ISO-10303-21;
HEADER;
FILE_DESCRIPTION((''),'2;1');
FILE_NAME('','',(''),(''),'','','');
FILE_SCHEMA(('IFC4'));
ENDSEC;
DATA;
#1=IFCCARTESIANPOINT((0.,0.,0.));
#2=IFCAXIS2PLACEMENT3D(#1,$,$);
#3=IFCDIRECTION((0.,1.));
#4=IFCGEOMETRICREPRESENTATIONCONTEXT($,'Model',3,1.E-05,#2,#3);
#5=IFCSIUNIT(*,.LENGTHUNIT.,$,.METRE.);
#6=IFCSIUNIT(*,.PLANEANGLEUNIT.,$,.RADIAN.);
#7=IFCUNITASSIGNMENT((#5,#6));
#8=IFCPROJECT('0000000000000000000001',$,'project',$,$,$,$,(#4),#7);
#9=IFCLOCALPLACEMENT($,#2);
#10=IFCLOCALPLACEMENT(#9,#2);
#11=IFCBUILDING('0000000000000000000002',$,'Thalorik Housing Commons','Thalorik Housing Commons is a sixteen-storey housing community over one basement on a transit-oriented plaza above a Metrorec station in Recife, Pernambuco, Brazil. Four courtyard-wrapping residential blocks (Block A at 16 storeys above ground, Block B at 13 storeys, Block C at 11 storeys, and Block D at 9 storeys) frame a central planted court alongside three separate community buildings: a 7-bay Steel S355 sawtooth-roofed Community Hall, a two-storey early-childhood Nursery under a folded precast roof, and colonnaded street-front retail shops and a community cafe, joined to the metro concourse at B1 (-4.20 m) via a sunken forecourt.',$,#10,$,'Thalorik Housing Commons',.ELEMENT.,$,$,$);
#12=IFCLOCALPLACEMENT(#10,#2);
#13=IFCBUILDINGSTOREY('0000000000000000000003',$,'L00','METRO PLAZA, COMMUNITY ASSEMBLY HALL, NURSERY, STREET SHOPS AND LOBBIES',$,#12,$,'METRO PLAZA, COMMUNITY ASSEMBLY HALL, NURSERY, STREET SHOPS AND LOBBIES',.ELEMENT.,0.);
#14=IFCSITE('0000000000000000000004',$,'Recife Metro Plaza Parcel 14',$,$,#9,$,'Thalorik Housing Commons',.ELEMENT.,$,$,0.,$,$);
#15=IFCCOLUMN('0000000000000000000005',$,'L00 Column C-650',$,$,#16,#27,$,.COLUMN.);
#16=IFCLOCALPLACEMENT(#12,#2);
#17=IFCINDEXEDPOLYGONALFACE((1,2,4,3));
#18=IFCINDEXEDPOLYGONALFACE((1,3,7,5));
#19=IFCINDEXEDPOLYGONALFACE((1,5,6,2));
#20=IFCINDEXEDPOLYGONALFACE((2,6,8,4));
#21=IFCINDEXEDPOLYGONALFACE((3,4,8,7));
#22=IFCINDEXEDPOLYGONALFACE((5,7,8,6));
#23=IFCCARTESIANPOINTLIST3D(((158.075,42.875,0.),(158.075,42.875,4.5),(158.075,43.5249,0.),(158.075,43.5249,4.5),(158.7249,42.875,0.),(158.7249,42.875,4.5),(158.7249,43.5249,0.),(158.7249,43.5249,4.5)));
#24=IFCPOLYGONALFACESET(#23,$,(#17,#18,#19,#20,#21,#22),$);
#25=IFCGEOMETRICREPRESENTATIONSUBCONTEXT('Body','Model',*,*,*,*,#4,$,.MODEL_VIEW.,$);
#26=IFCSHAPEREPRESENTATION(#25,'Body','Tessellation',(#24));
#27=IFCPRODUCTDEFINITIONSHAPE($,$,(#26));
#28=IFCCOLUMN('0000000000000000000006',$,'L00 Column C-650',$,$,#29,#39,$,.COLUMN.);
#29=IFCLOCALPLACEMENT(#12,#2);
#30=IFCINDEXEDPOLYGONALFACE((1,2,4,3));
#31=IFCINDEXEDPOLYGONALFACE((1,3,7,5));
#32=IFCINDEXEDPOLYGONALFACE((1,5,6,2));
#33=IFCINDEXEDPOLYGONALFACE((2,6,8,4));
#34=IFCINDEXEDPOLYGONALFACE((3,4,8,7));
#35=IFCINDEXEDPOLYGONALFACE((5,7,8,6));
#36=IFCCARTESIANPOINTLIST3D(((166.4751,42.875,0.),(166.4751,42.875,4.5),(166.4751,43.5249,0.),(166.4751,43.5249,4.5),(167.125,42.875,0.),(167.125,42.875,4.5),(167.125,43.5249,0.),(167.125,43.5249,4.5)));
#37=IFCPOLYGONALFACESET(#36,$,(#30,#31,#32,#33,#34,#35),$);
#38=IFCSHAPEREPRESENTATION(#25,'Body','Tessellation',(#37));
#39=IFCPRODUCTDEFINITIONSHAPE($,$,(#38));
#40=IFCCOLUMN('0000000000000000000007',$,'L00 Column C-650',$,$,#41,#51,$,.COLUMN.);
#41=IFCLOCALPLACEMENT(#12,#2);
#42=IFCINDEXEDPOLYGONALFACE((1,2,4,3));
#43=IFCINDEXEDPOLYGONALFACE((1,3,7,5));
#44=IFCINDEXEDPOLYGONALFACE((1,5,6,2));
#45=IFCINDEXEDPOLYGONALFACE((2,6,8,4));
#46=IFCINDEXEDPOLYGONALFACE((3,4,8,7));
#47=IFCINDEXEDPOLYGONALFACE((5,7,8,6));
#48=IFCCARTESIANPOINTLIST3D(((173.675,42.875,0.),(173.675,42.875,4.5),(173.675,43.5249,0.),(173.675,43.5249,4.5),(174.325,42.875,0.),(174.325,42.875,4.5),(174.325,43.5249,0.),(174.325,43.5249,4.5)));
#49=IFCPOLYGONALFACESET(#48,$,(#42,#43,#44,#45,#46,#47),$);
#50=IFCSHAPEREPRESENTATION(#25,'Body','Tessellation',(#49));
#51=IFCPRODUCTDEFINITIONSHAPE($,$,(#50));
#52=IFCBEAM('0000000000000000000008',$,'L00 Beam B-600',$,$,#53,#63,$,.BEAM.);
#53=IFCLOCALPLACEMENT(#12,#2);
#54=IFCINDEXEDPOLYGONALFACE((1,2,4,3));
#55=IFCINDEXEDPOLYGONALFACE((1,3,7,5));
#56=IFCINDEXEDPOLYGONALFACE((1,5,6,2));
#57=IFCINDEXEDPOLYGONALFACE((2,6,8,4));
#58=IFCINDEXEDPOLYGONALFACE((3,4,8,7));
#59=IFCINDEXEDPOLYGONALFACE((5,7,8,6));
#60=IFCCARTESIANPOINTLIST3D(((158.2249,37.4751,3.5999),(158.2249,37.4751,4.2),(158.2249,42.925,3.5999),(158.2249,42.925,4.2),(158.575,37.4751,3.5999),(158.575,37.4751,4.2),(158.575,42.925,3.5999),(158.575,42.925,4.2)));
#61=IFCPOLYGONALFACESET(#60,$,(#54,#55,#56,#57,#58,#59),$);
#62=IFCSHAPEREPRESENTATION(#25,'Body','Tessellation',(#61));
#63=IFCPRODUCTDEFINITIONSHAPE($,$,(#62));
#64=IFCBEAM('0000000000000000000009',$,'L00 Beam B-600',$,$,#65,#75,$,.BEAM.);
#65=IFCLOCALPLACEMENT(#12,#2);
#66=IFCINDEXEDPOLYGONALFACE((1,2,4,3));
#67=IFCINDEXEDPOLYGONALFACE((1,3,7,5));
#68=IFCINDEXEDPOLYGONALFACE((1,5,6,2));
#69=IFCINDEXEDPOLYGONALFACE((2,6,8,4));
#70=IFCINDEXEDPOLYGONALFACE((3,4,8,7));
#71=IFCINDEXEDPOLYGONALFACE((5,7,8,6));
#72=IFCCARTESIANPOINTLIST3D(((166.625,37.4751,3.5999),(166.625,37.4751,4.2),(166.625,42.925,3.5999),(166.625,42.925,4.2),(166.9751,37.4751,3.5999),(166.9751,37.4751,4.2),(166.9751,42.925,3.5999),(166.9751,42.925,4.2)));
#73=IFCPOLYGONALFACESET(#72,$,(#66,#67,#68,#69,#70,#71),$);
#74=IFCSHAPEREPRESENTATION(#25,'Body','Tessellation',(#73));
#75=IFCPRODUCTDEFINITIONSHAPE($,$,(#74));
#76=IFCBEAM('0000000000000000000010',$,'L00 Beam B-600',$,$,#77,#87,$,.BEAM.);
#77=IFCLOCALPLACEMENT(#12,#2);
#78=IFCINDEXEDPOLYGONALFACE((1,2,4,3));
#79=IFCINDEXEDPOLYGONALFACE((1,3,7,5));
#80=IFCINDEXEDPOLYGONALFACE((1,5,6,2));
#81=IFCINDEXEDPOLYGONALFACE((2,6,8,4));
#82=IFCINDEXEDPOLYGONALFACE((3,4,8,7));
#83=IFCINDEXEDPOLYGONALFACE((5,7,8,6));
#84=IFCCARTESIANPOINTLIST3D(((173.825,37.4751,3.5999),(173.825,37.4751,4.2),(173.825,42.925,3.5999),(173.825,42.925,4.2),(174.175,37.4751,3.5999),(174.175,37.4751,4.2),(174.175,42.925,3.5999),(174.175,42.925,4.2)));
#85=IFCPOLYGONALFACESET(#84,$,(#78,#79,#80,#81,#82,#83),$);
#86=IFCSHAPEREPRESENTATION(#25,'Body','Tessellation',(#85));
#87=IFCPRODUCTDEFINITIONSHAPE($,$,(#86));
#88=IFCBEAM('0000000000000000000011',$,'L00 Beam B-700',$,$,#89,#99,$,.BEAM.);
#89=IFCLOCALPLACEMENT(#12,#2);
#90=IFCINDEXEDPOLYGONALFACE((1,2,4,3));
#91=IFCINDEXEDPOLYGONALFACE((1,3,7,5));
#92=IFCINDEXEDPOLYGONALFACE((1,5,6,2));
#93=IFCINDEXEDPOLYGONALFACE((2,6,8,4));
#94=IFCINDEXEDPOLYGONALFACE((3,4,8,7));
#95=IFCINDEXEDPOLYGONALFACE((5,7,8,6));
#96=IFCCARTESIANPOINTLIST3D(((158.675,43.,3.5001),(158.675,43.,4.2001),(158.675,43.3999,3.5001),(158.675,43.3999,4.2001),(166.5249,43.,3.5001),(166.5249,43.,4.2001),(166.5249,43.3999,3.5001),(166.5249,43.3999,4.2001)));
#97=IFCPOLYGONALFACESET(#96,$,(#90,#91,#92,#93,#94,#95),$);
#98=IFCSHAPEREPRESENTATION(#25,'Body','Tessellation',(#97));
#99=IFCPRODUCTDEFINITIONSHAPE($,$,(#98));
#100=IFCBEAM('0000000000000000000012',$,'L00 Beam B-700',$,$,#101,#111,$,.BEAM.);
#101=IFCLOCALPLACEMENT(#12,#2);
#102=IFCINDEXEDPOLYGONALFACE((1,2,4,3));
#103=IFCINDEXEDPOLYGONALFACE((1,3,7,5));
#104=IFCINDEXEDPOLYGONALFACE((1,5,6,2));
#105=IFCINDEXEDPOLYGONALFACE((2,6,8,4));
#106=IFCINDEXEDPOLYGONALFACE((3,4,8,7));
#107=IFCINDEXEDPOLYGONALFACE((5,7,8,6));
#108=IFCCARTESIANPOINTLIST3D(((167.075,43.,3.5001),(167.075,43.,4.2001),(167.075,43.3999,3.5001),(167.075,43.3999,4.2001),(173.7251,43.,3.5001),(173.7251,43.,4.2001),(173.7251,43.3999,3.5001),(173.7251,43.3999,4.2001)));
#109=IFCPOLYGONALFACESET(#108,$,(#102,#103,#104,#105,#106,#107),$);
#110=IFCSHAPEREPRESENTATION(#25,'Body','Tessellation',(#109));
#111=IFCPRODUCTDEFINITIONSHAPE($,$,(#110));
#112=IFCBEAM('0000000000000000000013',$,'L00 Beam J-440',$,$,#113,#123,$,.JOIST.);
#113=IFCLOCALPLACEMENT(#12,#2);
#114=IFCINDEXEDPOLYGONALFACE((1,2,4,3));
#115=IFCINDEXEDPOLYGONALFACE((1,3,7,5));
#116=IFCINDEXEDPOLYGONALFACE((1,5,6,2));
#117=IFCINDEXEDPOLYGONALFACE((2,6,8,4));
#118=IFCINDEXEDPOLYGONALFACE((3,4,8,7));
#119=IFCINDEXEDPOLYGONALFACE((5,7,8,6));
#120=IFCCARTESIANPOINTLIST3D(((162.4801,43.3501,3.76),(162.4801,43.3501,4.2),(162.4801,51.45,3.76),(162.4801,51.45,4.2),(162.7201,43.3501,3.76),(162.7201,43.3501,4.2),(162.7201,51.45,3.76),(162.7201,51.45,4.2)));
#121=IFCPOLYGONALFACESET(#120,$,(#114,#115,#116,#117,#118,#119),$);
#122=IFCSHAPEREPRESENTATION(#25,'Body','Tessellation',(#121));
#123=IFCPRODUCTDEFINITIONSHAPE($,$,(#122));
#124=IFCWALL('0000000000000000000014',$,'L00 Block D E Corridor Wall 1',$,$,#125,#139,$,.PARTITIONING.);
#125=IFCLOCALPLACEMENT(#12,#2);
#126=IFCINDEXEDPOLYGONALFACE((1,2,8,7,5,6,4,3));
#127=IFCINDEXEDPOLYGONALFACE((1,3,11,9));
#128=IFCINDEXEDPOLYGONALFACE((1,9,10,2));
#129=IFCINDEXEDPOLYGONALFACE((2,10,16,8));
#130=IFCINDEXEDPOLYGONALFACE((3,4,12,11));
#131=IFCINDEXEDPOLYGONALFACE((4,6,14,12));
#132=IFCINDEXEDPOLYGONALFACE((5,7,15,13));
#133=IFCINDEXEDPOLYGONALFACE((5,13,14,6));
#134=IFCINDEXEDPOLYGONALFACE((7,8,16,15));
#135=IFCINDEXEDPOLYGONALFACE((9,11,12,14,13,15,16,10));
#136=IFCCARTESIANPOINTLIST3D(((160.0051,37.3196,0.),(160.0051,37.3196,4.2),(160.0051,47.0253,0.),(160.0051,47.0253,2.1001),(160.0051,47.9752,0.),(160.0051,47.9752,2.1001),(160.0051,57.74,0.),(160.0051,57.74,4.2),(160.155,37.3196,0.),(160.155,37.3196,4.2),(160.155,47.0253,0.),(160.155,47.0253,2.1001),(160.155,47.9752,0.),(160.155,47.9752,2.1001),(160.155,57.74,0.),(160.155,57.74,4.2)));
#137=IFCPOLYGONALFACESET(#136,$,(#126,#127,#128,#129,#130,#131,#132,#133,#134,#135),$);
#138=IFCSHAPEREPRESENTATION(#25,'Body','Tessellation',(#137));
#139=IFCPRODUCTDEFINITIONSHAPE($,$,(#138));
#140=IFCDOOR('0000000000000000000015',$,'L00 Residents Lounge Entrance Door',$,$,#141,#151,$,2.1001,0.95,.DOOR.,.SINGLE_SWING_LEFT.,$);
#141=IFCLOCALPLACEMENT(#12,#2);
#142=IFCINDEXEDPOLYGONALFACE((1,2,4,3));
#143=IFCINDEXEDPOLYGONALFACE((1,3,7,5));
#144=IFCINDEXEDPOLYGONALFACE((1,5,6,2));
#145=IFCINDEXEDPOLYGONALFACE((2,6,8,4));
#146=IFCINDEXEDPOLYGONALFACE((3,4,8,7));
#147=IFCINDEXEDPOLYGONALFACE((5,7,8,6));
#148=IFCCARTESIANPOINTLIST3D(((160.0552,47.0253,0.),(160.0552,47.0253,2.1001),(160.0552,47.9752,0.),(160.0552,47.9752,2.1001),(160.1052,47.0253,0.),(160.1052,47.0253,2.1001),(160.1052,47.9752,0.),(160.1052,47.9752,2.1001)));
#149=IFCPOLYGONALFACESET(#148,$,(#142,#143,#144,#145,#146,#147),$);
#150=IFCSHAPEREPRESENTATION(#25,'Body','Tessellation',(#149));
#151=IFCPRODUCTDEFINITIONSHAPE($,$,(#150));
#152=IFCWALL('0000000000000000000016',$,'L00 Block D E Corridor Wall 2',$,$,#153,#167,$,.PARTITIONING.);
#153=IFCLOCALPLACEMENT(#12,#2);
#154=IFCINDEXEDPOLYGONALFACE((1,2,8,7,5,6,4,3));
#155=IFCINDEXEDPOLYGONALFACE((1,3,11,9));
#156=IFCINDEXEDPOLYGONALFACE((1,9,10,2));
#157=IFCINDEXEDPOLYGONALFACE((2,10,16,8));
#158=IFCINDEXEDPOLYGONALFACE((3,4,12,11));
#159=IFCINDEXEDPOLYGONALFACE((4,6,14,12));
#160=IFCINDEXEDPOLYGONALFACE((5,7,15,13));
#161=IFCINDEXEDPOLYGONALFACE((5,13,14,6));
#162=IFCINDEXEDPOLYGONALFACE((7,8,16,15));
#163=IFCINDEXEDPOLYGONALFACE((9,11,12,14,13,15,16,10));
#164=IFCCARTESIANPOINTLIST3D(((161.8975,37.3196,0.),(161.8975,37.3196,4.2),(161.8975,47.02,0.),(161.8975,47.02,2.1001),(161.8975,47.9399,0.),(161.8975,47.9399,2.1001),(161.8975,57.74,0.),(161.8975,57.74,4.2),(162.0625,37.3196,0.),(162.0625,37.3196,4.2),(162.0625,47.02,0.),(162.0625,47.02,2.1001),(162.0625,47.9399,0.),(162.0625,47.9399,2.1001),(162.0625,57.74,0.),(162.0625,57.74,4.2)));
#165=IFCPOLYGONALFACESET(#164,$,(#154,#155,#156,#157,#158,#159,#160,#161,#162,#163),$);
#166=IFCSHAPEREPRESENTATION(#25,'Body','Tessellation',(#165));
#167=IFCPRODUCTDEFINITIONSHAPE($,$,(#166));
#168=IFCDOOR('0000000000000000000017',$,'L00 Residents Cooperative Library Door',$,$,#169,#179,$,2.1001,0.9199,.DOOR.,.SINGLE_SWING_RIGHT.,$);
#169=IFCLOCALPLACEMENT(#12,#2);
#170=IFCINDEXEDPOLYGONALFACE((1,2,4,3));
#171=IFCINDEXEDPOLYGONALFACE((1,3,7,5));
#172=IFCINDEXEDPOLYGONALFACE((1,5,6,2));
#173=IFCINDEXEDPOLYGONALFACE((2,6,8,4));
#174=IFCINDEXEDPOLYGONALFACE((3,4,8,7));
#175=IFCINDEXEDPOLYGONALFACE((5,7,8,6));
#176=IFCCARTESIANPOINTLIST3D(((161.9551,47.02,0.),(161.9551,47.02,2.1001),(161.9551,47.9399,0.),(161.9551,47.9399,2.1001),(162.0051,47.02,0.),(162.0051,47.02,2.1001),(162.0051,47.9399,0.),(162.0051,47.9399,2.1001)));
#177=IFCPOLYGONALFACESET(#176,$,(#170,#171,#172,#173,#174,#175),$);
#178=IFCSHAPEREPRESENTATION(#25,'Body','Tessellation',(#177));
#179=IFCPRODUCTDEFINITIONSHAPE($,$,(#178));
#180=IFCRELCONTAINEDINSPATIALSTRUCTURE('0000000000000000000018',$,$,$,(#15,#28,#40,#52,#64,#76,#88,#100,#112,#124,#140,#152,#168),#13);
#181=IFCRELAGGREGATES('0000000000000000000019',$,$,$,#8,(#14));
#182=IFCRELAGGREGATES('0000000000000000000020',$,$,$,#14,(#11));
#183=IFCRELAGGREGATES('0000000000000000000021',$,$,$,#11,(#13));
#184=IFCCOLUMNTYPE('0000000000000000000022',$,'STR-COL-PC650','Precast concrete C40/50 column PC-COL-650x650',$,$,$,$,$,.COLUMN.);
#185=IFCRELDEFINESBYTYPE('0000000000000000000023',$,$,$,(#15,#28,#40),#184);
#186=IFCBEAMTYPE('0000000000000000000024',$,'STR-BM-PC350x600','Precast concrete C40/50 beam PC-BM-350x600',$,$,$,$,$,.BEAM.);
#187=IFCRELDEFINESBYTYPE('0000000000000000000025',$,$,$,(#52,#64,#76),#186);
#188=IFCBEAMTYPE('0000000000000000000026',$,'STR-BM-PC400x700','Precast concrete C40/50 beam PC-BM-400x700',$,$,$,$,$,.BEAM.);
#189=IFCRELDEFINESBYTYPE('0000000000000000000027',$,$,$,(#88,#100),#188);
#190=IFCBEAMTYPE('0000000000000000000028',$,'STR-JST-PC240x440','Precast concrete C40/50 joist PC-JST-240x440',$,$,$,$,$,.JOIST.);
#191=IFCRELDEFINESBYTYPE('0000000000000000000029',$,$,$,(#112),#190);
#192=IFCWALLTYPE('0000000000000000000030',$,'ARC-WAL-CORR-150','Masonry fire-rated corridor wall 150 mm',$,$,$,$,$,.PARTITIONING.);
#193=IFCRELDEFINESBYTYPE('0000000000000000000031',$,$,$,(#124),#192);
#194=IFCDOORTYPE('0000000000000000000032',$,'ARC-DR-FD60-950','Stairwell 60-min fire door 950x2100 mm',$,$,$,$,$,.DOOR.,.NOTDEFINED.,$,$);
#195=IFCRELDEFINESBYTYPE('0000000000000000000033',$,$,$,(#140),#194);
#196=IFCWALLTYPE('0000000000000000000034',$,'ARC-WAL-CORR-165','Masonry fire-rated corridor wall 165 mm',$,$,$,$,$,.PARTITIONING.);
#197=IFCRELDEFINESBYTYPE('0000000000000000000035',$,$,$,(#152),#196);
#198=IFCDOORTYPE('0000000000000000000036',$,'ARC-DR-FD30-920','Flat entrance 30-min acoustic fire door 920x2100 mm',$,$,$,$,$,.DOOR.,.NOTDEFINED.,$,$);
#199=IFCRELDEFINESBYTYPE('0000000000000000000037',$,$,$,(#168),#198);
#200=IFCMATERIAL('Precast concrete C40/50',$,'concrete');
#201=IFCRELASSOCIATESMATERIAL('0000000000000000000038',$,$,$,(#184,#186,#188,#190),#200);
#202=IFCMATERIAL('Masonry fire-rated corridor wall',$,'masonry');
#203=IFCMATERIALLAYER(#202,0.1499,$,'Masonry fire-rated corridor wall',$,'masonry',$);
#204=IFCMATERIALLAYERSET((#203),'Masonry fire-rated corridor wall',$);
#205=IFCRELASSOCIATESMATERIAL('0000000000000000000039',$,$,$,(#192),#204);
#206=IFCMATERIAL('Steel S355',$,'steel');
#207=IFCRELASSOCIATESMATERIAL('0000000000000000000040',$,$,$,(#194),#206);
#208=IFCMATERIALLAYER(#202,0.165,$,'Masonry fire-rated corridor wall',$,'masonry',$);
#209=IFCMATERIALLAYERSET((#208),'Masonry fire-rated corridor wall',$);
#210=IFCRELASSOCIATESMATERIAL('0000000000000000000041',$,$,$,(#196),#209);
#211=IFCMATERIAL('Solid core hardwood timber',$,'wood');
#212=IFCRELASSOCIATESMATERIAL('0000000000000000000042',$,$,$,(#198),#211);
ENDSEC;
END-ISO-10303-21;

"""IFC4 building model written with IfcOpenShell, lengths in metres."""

from ifc_helpers import new_model, si_unit, direction, frame, frame_2d, origin, origin_2d, place, context, subcontext, project, spatial, rectangle, extrude, material, layer, layer_set, material_profile, profile_set, type_object, element, fill, save


model = new_model("IFC4")

# Units and contexts
model_context = context("Model", 3, precision=1e-05, world=origin(), true_north=direction((0.0, 1.0)))
body_context = subcontext(model_context, "Body", "Model", "MODEL_VIEW")
ifc_project = project(units=[si_unit("LENGTHUNIT", "METRE"), si_unit("PLANEANGLEUNIT", "RADIAN")], contexts=[model_context])

# Site, building, storey
site_placement = place(None, origin())
site = spatial("IfcSite", under=ifc_project, at=site_placement, Name="Recife Metro Plaza Parcel 14", LongName="Thalorik Housing Commons", CompositionType="ELEMENT", RefElevation=0.0)
building_placement = place(site_placement, origin())
building = spatial("IfcBuilding", under=site, at=building_placement, Name="Thalorik Housing Commons", Description="Thalorik Housing Commons is a sixteen-storey housing community over one basement on a transit-oriented plaza above a Metrorec station in Recife, Pernambuco, Brazil. Four courtyard-wrapping residential blocks (Block A at 16 storeys above ground, Block B at 13 storeys, Block C at 11 storeys, and Block D at 9 storeys) frame a central planted court alongside three separate community buildings: a 7-bay Steel S355 sawtooth-roofed Community Hall, a two-storey early-childhood Nursery under a folded precast roof, and colonnaded street-front retail shops and a community cafe, joined to the metro concourse at B1 (-4.20 m) via a sunken forecourt.", LongName="Thalorik Housing Commons", CompositionType="ELEMENT")
storey_placement = place(building_placement, origin())
storey = spatial("IfcBuildingStorey", under=building, at=storey_placement, Name="L00", Description="METRO PLAZA, COMMUNITY ASSEMBLY HALL, NURSERY, STREET SHOPS AND LOBBIES", LongName="METRO PLAZA, COMMUNITY ASSEMBLY HALL, NURSERY, STREET SHOPS AND LOBBIES", CompositionType="ELEMENT", Elevation=0.0)

# Columns
ifc_material_1 = material(Name="Precast concrete C40/50", Category="concrete")
ifc_material_profile_1 = material_profile(ifc_material_1, rectangle(XDim=0.6499, YDim=0.6499, at=origin_2d()), Name="PC 650x650", Category="concrete")
ifc_profile_set_1 = profile_set([ifc_material_profile_1], Name="Precast concrete C40/50")
column_type = type_object("IfcColumnType", Name="STR-COL-PC650", Description="Precast concrete C40/50 column PC-COL-650x650", PredefinedType="COLUMN", material=ifc_profile_set_1)
for number, where, z_axis, x_axis, name in (
    (1, (158.3999, 43.2, 0.0), (0.0, 0.0, 1.0), (1.0, 0.0, 0.0), "L00 Column C-650"),
    (2, (166.8, 43.2, 0.0), (0.0, 0.0, 1.0), (1.0, 0.0, 0.0), "L00 Column C-650"),
    (3, (174.0, 43.2, 0.0), (0.0, 0.0, 1.0), (1.0, 0.0, 0.0), "L00 Column C-650"),
):
    element("IfcColumn", number, at=place(storey_placement, frame(where, z_axis=z_axis, x_axis=x_axis)), inside=storey, type_object=column_type, Name=name, PredefinedType="COLUMN", context=body_context, shape_type="SweptSolid", body=[
        extrude(rectangle(XDim=0.6499, YDim=0.6499, at=origin_2d()), origin(), (0.0, 0.0, 1.0), 4.5),
    ])

# Beams
ifc_material_profile_2 = material_profile(ifc_material_1, rectangle(XDim=0.3501, YDim=0.6001, at=origin_2d()), Name="PC 350x600", Category="concrete")
ifc_profile_set_2 = profile_set([ifc_material_profile_2], Name="Precast concrete C40/50")
beam_type_1 = type_object("IfcBeamType", Name="STR-BM-PC350x600", Description="Precast concrete C40/50 beam PC-BM-350x600", PredefinedType="BEAM", material=ifc_profile_set_2)
for number, where, z_axis, x_axis, name in (
    (4, (158.3999, 37.4751, 3.8999), (0.0, 1.0, 0.0), (-1.0, 0.0, 0.0), "L00 Beam B-600"),
    (5, (166.8, 37.4751, 3.8999), (0.0, 1.0, 0.0), (-1.0, 0.0, 0.0), "L00 Beam B-600"),
    (6, (174.0, 37.4751, 3.8999), (0.0, 1.0, 0.0), (-1.0, 0.0, 0.0), "L00 Beam B-600"),
):
    element("IfcBeam", number, at=place(storey_placement, frame(where, z_axis=z_axis, x_axis=x_axis)), inside=storey, type_object=beam_type_1, Name=name, PredefinedType="BEAM", context=body_context, shape_type="SweptSolid", body=[
        extrude(rectangle(XDim=0.3501, YDim=0.6001, at=origin_2d()), origin(), (0.0, 0.0, 1.0), 5.45),
    ])
ifc_material_profile_3 = material_profile(ifc_material_1, rectangle(XDim=0.3999, YDim=0.7, at=origin_2d()), Name="PC 400x700", Category="concrete")
ifc_profile_set_3 = profile_set([ifc_material_profile_3], Name="Precast concrete C40/50")
beam_type_2 = type_object("IfcBeamType", Name="STR-BM-PC400x700", Description="Precast concrete C40/50 beam PC-BM-400x700", PredefinedType="BEAM", material=ifc_profile_set_3)
beam_1_placement = place(storey_placement, frame((158.675, 43.2, 3.8501), z_axis=(1.0, 0.0, 0.0), x_axis=(0.0, 1.0, 0.0)))
element("IfcBeam", 7, at=beam_1_placement, inside=storey, type_object=beam_type_2, Name="L00 Beam B-700", PredefinedType="BEAM", context=body_context, shape_type="SweptSolid", body=[
    extrude(rectangle(XDim=0.3999, YDim=0.7, at=origin_2d()), origin(), (0.0, 0.0, 1.0), 7.8499),
])
beam_2_placement = place(storey_placement, frame((167.075, 43.2, 3.8501), z_axis=(1.0, 0.0, 0.0), x_axis=(0.0, 1.0, 0.0)))
element("IfcBeam", 8, at=beam_2_placement, inside=storey, type_object=beam_type_2, Name="L00 Beam B-700", PredefinedType="BEAM", context=body_context, shape_type="SweptSolid", body=[
    extrude(rectangle(XDim=0.3999, YDim=0.7, at=origin_2d()), origin(), (0.0, 0.0, 1.0), 6.6501),
])
ifc_material_profile_4 = material_profile(ifc_material_1, rectangle(XDim=0.24, YDim=0.4399, at=origin_2d()), Name="PC JST 240x440", Category="concrete")
ifc_profile_set_4 = profile_set([ifc_material_profile_4], Name="Precast concrete C40/50")
beam_type_3 = type_object("IfcBeamType", Name="STR-JST-PC240x440", Description="Precast concrete C40/50 joist PC-JST-240x440", PredefinedType="JOIST", material=ifc_profile_set_4)
beam_3_placement = place(storey_placement, frame((162.6001, 43.3501, 3.98), z_axis=(0.0, 1.0, 0.0), x_axis=(-1.0, 0.0, 0.0)))
element("IfcBeam", 9, at=beam_3_placement, inside=storey, type_object=beam_type_3, Name="L00 Beam J-440", PredefinedType="JOIST", context=body_context, shape_type="SweptSolid", body=[
    extrude(rectangle(XDim=0.24, YDim=0.4399, at=origin_2d()), origin(), (0.0, 0.0, 1.0), 8.0999),
])

# Walls, openings, doors
ifc_material_2 = material(Name="Masonry fire-rated corridor wall", Category="masonry")
ifc_layer_1 = layer(ifc_material_2, 0.1499, Name="Masonry fire-rated corridor wall", Category="masonry")
ifc_layer_set_1 = layer_set([ifc_layer_1], Name="Masonry fire-rated corridor wall")
wall_type_1 = type_object("IfcWallType", Name="ARC-WAL-CORR-150", Description="Masonry fire-rated corridor wall 150 mm", PredefinedType="PARTITIONING", material=ifc_layer_set_1)
wall_1_placement = place(storey_placement, frame((160.0801, 37.3196, 0.0), z_axis=(0.0, 0.0, 1.0), x_axis=(0.0, 1.0, 0.0)))
wall_1 = element("IfcWall", 10, at=wall_1_placement, inside=storey, type_object=wall_type_1, Name="L00 Block D E Corridor Wall 1", PredefinedType="PARTITIONING", context=body_context, shape_type="SweptSolid", body=[
    extrude(rectangle(XDim=20.4204, YDim=0.1499, at=frame_2d((10.2102, 0.0))), origin(), (0.0, 0.0, 1.0), 4.2),
])
opening_1_placement = place(wall_1_placement, frame((9.7056, 0.0, 0.0)))
opening_1 = element("IfcOpeningElement", 11, at=opening_1_placement, cuts=wall_1, PredefinedType="OPENING", context=body_context, shape_type="SweptSolid", body=[
    extrude(rectangle(XDim=0.95, YDim=2.1001, at=frame_2d((0.4751, 1.05))), frame((0.0, 0.085, 0.0), z_axis=(0.0, -1.0, 0.0), x_axis=(1.0, 0.0, 0.0)), (0.0, 0.0, 1.0), 0.1699),
])
ifc_material_3 = material(Name="Steel S355", Category="steel")
door_type_1 = type_object("IfcDoorType", Name="ARC-DR-FD60-950", Description="Stairwell 60-min fire door 950x2100 mm", OperationType="NOTDEFINED", PredefinedType="DOOR", material=ifc_material_3)
door_1_placement = place(opening_1_placement, origin())
door_1 = element("IfcDoor", 12, at=door_1_placement, inside=storey, type_object=door_type_1, Name="L00 Residents Lounge Entrance Door", OperationType="SINGLE_SWING_LEFT", OverallHeight=2.1001, OverallWidth=0.95, PredefinedType="DOOR", context=body_context, shape_type="SweptSolid", body=[
    extrude(rectangle(XDim=0.95, YDim=2.1001, at=frame_2d((0.4751, 1.05))), frame((0.0, 0.0249, 0.0), z_axis=(0.0, -1.0, 0.0), x_axis=(1.0, 0.0, 0.0)), (0.0, 0.0, 1.0), 0.05),
])
fill(opening_1, door_1)
ifc_layer_2 = layer(ifc_material_2, 0.165, Name="Masonry fire-rated corridor wall", Category="masonry")
ifc_layer_set_2 = layer_set([ifc_layer_2], Name="Masonry fire-rated corridor wall")
wall_type_2 = type_object("IfcWallType", Name="ARC-WAL-CORR-165", Description="Masonry fire-rated corridor wall 165 mm", PredefinedType="PARTITIONING", material=ifc_layer_set_2)
wall_2_placement = place(storey_placement, frame((161.98, 37.3196, 0.0), z_axis=(0.0, 0.0, 1.0), x_axis=(0.0, 1.0, 0.0)))
wall_2 = element("IfcWall", 13, at=wall_2_placement, inside=storey, type_object=wall_type_2, Name="L00 Block D E Corridor Wall 2", PredefinedType="PARTITIONING", context=body_context, shape_type="SweptSolid", body=[
    extrude(rectangle(XDim=20.4204, YDim=0.165, at=frame_2d((10.2102, 0.0))), origin(), (0.0, 0.0, 1.0), 4.2),
])
opening_2_placement = place(wall_2_placement, frame((9.7004, 0.0, 0.0)))
opening_2 = element("IfcOpeningElement", 14, at=opening_2_placement, cuts=wall_2, PredefinedType="OPENING", context=body_context, shape_type="SweptSolid", body=[
    extrude(rectangle(XDim=0.9199, YDim=2.1001, at=frame_2d((0.46, 1.05))), frame((0.0, 0.0925, 0.0), z_axis=(0.0, -1.0, 0.0), x_axis=(1.0, 0.0, 0.0)), (0.0, 0.0, 1.0), 0.1851),
])
ifc_material_4 = material(Name="Solid core hardwood timber", Category="wood")
door_type_2 = type_object("IfcDoorType", Name="ARC-DR-FD30-920", Description="Flat entrance 30-min acoustic fire door 920x2100 mm", OperationType="NOTDEFINED", PredefinedType="DOOR", material=ifc_material_4)
door_2_placement = place(opening_2_placement, origin())
door_2 = element("IfcDoor", 15, at=door_2_placement, inside=storey, type_object=door_type_2, Name="L00 Residents Cooperative Library Door", OperationType="SINGLE_SWING_RIGHT", OverallHeight=2.1001, OverallWidth=0.9199, PredefinedType="DOOR", context=body_context, shape_type="SweptSolid", body=[
    extrude(rectangle(XDim=0.9199, YDim=2.1001, at=frame_2d((0.46, 1.05))), frame((0.0, 0.0249, 0.0), z_axis=(0.0, -1.0, 0.0), x_axis=(1.0, 0.0, 0.0)), (0.0, 0.0, 1.0), 0.05),
])
fill(opening_2, door_2)

save(model, "model.ifc")
